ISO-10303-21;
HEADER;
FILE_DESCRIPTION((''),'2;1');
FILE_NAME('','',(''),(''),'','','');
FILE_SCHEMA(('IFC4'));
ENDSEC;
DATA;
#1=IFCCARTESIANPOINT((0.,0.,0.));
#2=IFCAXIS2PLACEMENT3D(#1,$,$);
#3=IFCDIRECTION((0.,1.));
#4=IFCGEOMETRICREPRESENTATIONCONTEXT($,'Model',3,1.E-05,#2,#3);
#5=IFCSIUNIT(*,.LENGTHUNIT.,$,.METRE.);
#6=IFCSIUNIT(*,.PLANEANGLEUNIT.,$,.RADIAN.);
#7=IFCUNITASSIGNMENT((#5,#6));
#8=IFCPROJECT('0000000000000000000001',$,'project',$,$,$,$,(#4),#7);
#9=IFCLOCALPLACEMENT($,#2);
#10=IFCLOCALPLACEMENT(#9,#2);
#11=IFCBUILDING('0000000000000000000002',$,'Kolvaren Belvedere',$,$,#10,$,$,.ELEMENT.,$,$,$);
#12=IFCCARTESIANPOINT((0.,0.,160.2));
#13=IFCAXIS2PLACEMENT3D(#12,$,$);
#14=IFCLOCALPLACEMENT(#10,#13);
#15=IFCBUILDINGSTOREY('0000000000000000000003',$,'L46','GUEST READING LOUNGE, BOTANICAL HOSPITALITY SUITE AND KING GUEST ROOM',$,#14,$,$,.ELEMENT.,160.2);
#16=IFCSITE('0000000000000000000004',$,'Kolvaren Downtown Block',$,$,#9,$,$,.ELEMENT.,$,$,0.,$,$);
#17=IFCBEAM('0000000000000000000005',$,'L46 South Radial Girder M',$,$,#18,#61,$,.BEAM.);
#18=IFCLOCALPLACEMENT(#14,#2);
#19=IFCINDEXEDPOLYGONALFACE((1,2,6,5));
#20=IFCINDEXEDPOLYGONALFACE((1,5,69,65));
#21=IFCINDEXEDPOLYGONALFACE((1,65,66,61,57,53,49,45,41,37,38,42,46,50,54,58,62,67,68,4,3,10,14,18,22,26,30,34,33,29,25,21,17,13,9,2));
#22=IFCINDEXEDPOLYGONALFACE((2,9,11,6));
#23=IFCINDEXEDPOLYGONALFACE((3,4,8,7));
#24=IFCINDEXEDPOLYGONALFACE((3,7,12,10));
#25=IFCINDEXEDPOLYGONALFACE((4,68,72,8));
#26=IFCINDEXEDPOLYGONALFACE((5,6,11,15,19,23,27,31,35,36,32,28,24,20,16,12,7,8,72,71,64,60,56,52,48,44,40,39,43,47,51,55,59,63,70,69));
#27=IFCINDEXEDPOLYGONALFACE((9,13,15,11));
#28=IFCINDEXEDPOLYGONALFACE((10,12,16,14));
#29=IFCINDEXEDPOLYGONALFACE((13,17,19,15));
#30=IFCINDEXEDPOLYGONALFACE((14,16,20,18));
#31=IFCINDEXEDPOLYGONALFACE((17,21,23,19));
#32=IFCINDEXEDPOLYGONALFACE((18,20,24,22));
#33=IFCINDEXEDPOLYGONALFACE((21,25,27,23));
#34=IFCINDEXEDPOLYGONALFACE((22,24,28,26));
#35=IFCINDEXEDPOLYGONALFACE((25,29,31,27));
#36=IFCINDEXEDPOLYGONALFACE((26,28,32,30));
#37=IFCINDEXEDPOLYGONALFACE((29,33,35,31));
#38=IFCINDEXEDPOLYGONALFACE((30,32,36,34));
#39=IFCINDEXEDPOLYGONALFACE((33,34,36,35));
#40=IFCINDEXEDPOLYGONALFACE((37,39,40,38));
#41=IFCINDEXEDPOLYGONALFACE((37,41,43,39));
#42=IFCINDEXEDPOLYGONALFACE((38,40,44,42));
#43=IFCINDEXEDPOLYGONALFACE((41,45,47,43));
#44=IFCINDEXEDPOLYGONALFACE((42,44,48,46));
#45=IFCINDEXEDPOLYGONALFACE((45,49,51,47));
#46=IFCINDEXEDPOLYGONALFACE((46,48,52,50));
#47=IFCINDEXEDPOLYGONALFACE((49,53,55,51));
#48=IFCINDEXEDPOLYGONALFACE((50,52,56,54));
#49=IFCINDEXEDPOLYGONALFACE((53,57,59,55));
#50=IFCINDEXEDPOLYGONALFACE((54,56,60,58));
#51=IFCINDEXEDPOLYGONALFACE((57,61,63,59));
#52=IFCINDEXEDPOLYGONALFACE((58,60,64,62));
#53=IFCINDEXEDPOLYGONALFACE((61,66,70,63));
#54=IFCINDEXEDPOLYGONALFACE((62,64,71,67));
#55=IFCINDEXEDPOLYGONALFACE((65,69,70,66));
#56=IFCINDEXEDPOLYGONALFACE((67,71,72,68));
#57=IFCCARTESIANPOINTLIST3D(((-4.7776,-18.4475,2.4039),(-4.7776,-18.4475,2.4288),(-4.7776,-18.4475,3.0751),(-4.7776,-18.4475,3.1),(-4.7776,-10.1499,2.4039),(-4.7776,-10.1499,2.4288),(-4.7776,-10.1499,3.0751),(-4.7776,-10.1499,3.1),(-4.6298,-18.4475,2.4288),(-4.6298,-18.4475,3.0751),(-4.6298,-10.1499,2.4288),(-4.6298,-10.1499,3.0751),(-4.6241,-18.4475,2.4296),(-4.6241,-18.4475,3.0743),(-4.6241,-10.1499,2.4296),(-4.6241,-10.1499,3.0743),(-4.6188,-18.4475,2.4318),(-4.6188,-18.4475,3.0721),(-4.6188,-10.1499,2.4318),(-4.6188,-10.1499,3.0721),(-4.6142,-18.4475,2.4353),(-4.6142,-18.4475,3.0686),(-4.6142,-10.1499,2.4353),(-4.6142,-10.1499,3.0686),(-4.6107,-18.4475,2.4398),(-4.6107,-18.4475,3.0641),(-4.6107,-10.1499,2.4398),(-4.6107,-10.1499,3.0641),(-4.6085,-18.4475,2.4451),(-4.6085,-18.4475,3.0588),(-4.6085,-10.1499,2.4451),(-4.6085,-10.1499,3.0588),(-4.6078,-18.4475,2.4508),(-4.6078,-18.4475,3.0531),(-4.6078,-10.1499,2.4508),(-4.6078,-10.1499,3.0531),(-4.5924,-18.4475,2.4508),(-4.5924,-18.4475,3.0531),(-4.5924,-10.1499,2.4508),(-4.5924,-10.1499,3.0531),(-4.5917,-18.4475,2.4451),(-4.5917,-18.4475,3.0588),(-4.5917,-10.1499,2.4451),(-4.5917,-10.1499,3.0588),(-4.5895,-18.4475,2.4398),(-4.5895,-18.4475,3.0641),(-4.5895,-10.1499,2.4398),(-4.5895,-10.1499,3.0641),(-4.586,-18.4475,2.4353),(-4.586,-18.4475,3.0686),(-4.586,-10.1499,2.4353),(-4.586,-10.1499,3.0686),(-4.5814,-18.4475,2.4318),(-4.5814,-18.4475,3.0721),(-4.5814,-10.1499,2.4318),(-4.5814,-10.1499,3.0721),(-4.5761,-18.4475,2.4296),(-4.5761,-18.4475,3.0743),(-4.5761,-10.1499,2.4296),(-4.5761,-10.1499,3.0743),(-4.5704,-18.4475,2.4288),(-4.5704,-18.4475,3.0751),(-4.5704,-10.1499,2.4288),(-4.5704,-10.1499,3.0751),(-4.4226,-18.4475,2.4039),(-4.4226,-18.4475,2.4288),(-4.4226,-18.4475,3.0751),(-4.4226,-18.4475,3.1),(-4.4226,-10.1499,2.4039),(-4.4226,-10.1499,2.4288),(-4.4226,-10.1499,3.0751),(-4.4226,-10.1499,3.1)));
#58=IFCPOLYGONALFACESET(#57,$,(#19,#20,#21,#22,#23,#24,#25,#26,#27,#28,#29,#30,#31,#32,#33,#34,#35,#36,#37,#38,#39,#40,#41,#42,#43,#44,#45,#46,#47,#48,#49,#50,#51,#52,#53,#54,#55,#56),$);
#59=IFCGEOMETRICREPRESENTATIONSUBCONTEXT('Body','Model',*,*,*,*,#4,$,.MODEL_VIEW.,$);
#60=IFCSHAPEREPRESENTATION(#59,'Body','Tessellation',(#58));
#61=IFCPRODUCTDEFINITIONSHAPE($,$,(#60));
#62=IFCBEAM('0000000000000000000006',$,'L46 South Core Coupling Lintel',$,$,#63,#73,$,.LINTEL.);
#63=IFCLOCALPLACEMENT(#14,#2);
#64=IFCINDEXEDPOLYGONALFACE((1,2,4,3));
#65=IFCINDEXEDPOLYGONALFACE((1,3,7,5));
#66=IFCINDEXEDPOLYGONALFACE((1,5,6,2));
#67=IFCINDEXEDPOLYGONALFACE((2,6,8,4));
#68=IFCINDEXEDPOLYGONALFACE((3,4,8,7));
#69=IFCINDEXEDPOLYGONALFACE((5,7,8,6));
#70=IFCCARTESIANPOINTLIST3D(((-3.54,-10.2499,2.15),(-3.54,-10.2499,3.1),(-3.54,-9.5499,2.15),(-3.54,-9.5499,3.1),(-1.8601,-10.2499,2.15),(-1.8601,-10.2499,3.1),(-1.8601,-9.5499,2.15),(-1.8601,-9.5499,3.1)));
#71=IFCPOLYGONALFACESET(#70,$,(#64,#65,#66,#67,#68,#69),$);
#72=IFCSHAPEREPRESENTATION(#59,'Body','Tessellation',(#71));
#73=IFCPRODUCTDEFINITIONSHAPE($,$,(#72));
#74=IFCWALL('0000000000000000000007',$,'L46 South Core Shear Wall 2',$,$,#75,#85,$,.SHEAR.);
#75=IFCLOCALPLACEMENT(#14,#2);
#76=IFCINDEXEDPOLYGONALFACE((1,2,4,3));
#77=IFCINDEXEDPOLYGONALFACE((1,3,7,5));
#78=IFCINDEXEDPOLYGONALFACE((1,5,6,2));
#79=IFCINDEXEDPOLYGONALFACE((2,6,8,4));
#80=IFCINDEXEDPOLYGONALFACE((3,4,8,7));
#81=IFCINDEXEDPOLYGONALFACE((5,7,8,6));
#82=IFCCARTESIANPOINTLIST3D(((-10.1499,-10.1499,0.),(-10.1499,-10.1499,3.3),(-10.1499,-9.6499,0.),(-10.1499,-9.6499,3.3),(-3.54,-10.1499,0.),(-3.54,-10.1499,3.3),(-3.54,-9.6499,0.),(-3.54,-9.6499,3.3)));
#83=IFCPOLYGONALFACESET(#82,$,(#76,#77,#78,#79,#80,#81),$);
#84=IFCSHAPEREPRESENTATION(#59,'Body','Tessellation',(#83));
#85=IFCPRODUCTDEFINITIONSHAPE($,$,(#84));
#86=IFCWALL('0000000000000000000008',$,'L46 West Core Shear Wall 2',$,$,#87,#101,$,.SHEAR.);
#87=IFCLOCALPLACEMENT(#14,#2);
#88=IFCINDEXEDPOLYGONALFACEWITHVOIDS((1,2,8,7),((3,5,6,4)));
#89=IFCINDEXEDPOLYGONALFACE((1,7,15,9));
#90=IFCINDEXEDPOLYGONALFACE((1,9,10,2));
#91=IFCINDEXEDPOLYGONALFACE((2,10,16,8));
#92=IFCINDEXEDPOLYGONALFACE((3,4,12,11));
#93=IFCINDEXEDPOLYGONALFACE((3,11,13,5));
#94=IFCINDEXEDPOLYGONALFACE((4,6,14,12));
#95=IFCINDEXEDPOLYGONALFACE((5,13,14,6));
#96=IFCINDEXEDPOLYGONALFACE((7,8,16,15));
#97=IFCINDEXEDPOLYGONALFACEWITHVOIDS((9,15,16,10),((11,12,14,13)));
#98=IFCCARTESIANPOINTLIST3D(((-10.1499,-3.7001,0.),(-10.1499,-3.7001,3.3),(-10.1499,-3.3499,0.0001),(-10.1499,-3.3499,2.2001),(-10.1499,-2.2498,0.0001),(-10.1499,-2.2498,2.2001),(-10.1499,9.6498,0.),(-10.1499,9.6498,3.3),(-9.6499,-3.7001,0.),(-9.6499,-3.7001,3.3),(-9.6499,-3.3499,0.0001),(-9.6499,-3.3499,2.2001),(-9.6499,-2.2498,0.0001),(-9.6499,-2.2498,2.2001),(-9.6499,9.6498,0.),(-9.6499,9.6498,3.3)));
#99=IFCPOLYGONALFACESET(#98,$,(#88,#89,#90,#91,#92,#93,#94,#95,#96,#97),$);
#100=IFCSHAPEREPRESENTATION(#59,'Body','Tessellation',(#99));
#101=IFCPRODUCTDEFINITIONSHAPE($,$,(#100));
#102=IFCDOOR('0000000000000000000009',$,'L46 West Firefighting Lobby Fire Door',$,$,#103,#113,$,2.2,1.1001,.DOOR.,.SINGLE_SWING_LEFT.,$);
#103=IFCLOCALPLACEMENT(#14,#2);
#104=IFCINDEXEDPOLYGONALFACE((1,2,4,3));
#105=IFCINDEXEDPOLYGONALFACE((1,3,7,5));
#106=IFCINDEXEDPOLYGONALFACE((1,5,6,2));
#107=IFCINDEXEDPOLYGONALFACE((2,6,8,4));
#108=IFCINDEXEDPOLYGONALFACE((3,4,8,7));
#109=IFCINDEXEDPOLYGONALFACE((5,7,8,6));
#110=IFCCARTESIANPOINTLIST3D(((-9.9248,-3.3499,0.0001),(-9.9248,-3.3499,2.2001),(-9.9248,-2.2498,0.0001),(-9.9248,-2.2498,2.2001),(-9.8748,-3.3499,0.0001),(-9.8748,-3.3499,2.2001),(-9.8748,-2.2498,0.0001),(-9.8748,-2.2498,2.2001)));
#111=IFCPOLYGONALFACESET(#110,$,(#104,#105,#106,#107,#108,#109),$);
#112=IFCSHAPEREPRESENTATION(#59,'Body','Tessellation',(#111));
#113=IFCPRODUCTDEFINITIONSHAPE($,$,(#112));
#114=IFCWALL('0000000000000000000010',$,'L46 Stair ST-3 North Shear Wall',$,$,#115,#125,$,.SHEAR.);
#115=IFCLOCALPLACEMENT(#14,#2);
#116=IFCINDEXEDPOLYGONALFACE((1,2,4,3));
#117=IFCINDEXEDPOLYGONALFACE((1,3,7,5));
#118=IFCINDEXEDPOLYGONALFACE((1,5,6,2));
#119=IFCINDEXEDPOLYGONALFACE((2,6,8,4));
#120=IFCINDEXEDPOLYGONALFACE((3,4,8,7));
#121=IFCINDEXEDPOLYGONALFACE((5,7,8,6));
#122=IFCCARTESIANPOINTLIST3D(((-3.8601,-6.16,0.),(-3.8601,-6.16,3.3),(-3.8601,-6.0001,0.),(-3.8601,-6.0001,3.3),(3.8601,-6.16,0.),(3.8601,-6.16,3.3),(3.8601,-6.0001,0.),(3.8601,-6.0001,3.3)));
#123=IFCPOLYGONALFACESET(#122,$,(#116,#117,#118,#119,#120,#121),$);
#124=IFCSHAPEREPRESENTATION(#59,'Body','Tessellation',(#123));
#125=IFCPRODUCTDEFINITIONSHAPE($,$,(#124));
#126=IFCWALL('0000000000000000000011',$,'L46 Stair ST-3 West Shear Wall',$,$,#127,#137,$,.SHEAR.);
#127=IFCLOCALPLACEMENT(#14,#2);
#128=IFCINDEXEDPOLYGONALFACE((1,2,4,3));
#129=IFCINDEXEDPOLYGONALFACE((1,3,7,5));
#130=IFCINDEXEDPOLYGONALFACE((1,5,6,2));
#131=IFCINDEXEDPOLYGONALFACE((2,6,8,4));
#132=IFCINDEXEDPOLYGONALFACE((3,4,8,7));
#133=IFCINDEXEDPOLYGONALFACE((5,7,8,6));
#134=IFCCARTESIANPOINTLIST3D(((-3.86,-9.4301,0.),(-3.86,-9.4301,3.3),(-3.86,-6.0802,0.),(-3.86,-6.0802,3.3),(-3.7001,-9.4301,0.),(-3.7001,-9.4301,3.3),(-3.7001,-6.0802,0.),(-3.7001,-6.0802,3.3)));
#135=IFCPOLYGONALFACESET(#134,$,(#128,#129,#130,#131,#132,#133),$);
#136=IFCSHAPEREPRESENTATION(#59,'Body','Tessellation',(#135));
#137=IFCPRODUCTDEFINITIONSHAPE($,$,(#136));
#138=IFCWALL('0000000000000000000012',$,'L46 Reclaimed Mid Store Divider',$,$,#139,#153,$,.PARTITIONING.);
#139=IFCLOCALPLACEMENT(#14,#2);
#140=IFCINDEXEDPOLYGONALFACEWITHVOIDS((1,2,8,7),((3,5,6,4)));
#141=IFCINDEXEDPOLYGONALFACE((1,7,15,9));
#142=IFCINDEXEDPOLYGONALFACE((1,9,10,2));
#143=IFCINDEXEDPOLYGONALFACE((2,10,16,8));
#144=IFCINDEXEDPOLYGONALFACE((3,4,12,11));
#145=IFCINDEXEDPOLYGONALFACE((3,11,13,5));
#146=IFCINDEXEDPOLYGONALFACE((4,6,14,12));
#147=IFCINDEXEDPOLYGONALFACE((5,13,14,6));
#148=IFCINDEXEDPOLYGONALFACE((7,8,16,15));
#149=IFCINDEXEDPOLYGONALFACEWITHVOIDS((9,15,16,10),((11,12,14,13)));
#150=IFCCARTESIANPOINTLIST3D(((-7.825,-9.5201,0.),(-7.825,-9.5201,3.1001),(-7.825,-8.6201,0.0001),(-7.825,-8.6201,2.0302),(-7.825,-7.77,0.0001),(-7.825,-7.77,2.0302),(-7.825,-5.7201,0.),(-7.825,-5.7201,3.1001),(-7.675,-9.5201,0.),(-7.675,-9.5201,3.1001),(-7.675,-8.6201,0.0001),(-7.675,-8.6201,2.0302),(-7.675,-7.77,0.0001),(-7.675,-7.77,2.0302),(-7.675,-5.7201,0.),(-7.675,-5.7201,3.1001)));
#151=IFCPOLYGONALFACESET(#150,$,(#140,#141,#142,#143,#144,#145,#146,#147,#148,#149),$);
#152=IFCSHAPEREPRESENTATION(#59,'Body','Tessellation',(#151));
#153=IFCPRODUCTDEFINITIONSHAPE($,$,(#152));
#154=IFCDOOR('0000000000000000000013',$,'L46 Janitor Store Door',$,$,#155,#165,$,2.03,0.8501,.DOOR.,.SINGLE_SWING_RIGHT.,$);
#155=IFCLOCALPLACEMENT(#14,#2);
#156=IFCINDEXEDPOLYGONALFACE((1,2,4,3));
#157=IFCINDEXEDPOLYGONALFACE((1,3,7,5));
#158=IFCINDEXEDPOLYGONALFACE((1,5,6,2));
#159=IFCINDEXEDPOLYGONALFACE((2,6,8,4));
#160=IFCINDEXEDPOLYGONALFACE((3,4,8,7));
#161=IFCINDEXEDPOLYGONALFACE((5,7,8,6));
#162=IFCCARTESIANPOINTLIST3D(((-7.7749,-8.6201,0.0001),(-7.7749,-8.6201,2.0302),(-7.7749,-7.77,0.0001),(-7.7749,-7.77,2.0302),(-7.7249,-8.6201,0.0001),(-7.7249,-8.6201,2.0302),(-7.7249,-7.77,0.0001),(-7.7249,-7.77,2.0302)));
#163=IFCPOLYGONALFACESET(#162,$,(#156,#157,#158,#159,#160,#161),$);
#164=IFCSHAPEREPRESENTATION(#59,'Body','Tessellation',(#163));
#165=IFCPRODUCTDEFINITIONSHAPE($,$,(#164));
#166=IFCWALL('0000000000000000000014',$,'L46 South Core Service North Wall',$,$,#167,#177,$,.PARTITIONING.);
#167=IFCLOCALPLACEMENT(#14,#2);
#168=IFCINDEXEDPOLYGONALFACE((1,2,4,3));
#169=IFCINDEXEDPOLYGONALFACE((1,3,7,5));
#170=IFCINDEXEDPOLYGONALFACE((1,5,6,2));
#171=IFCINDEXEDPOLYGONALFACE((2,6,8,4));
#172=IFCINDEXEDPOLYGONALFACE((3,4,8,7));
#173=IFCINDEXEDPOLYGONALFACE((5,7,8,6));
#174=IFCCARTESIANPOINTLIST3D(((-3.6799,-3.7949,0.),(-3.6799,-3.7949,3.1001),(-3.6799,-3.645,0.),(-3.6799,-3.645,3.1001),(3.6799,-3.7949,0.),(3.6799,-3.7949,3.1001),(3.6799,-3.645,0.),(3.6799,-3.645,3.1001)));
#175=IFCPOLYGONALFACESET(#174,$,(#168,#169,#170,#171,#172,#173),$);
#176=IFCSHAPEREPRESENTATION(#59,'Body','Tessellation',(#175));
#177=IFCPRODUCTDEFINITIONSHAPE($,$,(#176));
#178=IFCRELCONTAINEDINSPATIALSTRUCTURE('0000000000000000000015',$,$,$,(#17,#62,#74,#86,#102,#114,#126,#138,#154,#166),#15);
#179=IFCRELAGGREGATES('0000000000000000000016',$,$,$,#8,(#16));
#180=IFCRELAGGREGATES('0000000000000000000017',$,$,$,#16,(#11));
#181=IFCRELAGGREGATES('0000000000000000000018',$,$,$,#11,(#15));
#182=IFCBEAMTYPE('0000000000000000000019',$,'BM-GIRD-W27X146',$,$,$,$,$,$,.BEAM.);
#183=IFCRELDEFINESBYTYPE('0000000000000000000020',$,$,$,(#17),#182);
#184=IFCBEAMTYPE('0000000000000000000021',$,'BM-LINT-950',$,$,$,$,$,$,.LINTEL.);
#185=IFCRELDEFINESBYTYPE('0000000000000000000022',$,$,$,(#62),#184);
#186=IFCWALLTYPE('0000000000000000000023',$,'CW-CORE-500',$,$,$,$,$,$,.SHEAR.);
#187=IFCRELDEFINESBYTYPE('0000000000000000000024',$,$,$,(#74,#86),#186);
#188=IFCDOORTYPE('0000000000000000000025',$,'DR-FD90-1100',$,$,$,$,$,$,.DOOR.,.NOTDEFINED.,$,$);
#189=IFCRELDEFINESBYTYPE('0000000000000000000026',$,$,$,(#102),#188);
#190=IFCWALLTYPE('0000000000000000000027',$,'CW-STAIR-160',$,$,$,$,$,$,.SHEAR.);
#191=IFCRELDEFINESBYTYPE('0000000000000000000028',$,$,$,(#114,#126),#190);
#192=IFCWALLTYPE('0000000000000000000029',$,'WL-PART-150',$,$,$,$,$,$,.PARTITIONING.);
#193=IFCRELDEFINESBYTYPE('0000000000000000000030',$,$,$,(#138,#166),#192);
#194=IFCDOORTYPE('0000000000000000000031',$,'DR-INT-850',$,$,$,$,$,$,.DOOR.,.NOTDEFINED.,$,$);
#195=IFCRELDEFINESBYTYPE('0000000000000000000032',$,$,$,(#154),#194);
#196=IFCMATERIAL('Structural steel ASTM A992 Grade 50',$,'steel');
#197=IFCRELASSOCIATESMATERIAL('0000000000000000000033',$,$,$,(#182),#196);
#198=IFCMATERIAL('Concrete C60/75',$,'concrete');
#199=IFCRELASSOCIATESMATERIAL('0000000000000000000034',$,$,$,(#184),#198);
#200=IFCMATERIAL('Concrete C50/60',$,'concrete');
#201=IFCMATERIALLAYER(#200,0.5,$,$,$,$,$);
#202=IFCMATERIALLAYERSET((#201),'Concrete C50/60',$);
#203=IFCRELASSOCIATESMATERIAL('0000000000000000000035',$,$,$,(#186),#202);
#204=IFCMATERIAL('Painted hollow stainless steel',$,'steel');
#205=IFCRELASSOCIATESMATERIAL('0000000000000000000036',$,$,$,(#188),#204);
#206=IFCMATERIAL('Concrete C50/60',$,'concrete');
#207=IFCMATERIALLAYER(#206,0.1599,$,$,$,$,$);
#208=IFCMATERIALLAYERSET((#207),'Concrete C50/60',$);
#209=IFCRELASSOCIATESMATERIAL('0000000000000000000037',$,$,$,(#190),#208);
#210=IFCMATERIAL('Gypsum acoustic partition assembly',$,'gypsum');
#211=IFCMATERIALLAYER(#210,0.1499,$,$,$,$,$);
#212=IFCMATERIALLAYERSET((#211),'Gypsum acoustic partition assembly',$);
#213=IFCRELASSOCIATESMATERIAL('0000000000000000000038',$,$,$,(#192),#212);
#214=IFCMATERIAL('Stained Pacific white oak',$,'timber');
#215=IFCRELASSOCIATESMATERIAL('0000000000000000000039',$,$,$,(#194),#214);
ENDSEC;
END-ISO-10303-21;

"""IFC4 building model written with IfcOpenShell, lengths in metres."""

from ifc_helpers import new_model, si_unit, direction, frame, frame_2d, origin, origin_2d, place, context, subcontext, project, spatial, rectangle, i_section, extrude, material, layer, layer_set, material_profile, profile_set, type_object, element, fill, save


model = new_model("IFC4")

# Units and contexts
model_context = context("Model", 3, precision=1e-05, world=origin(), true_north=direction((0.0, 1.0)))
body_context = subcontext(model_context, "Body", "Model", "MODEL_VIEW")
ifc_project = project(units=[si_unit("LENGTHUNIT", "METRE"), si_unit("PLANEANGLEUNIT", "RADIAN")], contexts=[model_context])

# Site, building, storey
site_placement = place(None, origin())
site = spatial("IfcSite", under=ifc_project, at=site_placement, Name="Kolvaren Downtown Block", CompositionType="ELEMENT", RefElevation=0.0)
building_placement = place(site_placement, origin())
building = spatial("IfcBuilding", under=site, at=building_placement, Name="Kolvaren Belvedere", CompositionType="ELEMENT")
storey_placement = place(building_placement, frame((0.0, 0.0, 160.2)))
storey = spatial("IfcBuildingStorey", under=building, at=storey_placement, Name="L46", Description="GUEST READING LOUNGE, BOTANICAL HOSPITALITY SUITE AND KING GUEST ROOM", CompositionType="ELEMENT", Elevation=160.2)

# Beams
ifc_material_1 = material(Name="Structural steel ASTM A992 Grade 50", Category="steel")
ifc_material_profile_1 = material_profile(ifc_material_1, i_section(OverallWidth=0.355, OverallDepth=0.696, WebThickness=0.0154, FlangeThickness=0.0249, FilletRadius=0.022, at=origin_2d()), Name="W27X146")
ifc_profile_set_1 = profile_set([ifc_material_profile_1], Name="Structural steel ASTM A992 Grade 50")
beam_type_1 = type_object("IfcBeamType", Name="BM-GIRD-W27X146", PredefinedType="BEAM", material=ifc_profile_set_1)
beam_1_placement = place(storey_placement, frame((-4.6001, -10.1499, 2.752), z_axis=(0.0, -1.0, 0.0), x_axis=(1.0, 0.0, 0.0)))
element("IfcBeam", 1, at=beam_1_placement, inside=storey, type_object=beam_type_1, Name="L46 South Radial Girder M", PredefinedType="BEAM", context=body_context, shape_type="SweptSolid", body=[
    extrude(i_section(OverallWidth=0.355, OverallDepth=0.696, WebThickness=0.0154, FlangeThickness=0.0249, FilletRadius=0.022, at=origin_2d()), origin(), (0.0, 0.0, 1.0), 8.2976),
])
ifc_material_2 = material(Name="Concrete C60/75", Category="concrete")
ifc_material_profile_2 = material_profile(ifc_material_2, rectangle(XDim=0.7, YDim=0.95, at=origin_2d()), Name="RC 700X950")
ifc_profile_set_2 = profile_set([ifc_material_profile_2], Name="Concrete C60/75")
beam_type_2 = type_object("IfcBeamType", Name="BM-LINT-950", PredefinedType="LINTEL", material=ifc_profile_set_2)
beam_2_placement = place(storey_placement, frame((-3.54, -9.8999, 2.625), z_axis=(1.0, 0.0, 0.0), x_axis=(0.0, 1.0, 0.0)))
element("IfcBeam", 2, at=beam_2_placement, inside=storey, type_object=beam_type_2, Name="L46 South Core Coupling Lintel", PredefinedType="LINTEL", context=body_context, shape_type="SweptSolid", body=[
    extrude(rectangle(XDim=0.7, YDim=0.95, at=origin_2d()), origin(), (0.0, 0.0, 1.0), 1.6799),
])

# Wall
ifc_material_3 = material(Name="Concrete C50/60", Category="concrete")
ifc_layer_1 = layer(ifc_material_3, 0.5)
ifc_layer_set_1 = layer_set([ifc_layer_1], Name="Concrete C50/60")
wall_type_1 = type_object("IfcWallType", Name="CW-CORE-500", PredefinedType="SHEAR", material=ifc_layer_set_1)
wall_1_placement = place(storey_placement, frame((-3.54, -9.8999, 0.0), z_axis=(0.0, 0.0, 1.0), x_axis=(-1.0, 0.0, 0.0)))
element("IfcWall", 3, at=wall_1_placement, inside=storey, type_object=wall_type_1, Name="L46 South Core Shear Wall 2", PredefinedType="SHEAR", context=body_context, shape_type="SweptSolid", body=[
    extrude(rectangle(XDim=6.6099, YDim=0.5, at=frame_2d((3.3049, 0.0))), origin(), (0.0, 0.0, 1.0), 3.3),
])

# Wall, opening, door
wall_2_placement = place(storey_placement, frame((-9.8999, -3.7, 0.0), z_axis=(0.0, 0.0, 1.0), x_axis=(0.0, 1.0, 0.0)))
wall_2 = element("IfcWall", 4, at=wall_2_placement, inside=storey, type_object=wall_type_1, Name="L46 West Core Shear Wall 2", PredefinedType="SHEAR", context=body_context, shape_type="SweptSolid", body=[
    extrude(rectangle(XDim=13.3499, YDim=0.5, at=frame_2d((6.6748, 0.0))), origin(), (0.0, 0.0, 1.0), 3.3),
])
opening_1_placement = place(wall_2_placement, frame((0.3501, 0.0, 0.0)))
opening_1 = element("IfcOpeningElement", 5, at=opening_1_placement, cuts=wall_2, PredefinedType="OPENING", context=body_context, shape_type="SweptSolid", body=[
    extrude(rectangle(XDim=1.1001, YDim=2.2, at=frame_2d((0.55, 1.1001))), frame((0.0, 0.26, 0.0), z_axis=(0.0, -1.0, 0.0), x_axis=(1.0, 0.0, 0.0)), (0.0, 0.0, 1.0), 0.52),
])
ifc_material_4 = material(Name="Painted hollow stainless steel", Category="steel")
door_type_1 = type_object("IfcDoorType", Name="DR-FD90-1100", OperationType="NOTDEFINED", PredefinedType="DOOR", material=ifc_material_4)
door_1_placement = place(opening_1_placement, origin())
door_1 = element("IfcDoor", 6, at=door_1_placement, inside=storey, type_object=door_type_1, Name="L46 West Firefighting Lobby Fire Door", OperationType="SINGLE_SWING_LEFT", OverallHeight=2.2, OverallWidth=1.1001, PredefinedType="DOOR", context=body_context, shape_type="SweptSolid", body=[
    extrude(rectangle(XDim=1.1001, YDim=2.2, at=frame_2d((0.55, 1.1001))), frame((0.0, 0.0249, 0.0), z_axis=(0.0, -1.0, 0.0), x_axis=(1.0, 0.0, 0.0)), (0.0, 0.0, 1.0), 0.05),
])
fill(opening_1, door_1)

# Walls
ifc_material_5 = material(Name="Concrete C50/60", Category="concrete")
ifc_layer_2 = layer(ifc_material_5, 0.1599)
ifc_layer_set_2 = layer_set([ifc_layer_2], Name="Concrete C50/60")
wall_type_2 = type_object("IfcWallType", Name="CW-STAIR-160", PredefinedType="SHEAR", material=ifc_layer_set_2)
wall_3_placement = place(storey_placement, frame((-3.8601, -6.0801, 0.0), z_axis=(0.0, 0.0, 1.0), x_axis=(1.0, 0.0, 0.0)))
element("IfcWall", 7, at=wall_3_placement, inside=storey, type_object=wall_type_2, Name="L46 Stair ST-3 North Shear Wall", PredefinedType="SHEAR", context=body_context, shape_type="SweptSolid", body=[
    extrude(rectangle(XDim=7.7202, YDim=0.1599, at=frame_2d((3.8601, 0.0))), origin(), (0.0, 0.0, 1.0), 3.3),
])
wall_4_placement = place(storey_placement, frame((-3.78, -9.4299, 0.0), z_axis=(0.0, 0.0, 1.0), x_axis=(0.0, 1.0, 0.0)))
element("IfcWall", 8, at=wall_4_placement, inside=storey, type_object=wall_type_2, Name="L46 Stair ST-3 West Shear Wall", PredefinedType="SHEAR", context=body_context, shape_type="SweptSolid", body=[
    extrude(rectangle(XDim=3.3499, YDim=0.1599, at=frame_2d((1.6748, 0.0))), origin(), (0.0, 0.0, 1.0), 3.3),
])

# Wall, opening, door
ifc_material_6 = material(Name="Gypsum acoustic partition assembly", Category="gypsum")
ifc_layer_3 = layer(ifc_material_6, 0.1499)
ifc_layer_set_3 = layer_set([ifc_layer_3], Name="Gypsum acoustic partition assembly")
wall_type_3 = type_object("IfcWallType", Name="WL-PART-150", PredefinedType="PARTITIONING", material=ifc_layer_set_3)
wall_5_placement = place(storey_placement, frame((-7.75, -9.52, 0.0), z_axis=(0.0, 0.0, 1.0), x_axis=(0.0, 1.0, 0.0)))
wall_5 = element("IfcWall", 9, at=wall_5_placement, inside=storey, type_object=wall_type_3, Name="L46 Reclaimed Mid Store Divider", PredefinedType="PARTITIONING", context=body_context, shape_type="SweptSolid", body=[
    extrude(rectangle(XDim=3.8, YDim=0.1499, at=frame_2d((1.8999, 0.0))), origin(), (0.0, 0.0, 1.0), 3.1001),
])
opening_2_placement = place(wall_5_placement, frame((0.8999, 0.0, 0.0)))
opening_2 = element("IfcOpeningElement", 10, at=opening_2_placement, cuts=wall_5, PredefinedType="OPENING", context=body_context, shape_type="SweptSolid", body=[
    extrude(rectangle(XDim=0.8501, YDim=2.03, at=frame_2d((0.425, 1.0151))), frame((0.0, 0.085, 0.0), z_axis=(0.0, -1.0, 0.0), x_axis=(1.0, 0.0, 0.0)), (0.0, 0.0, 1.0), 0.1699),
])
ifc_material_7 = material(Name="Stained Pacific white oak", Category="timber")
door_type_2 = type_object("IfcDoorType", Name="DR-INT-850", OperationType="NOTDEFINED", PredefinedType="DOOR", material=ifc_material_7)
door_2_placement = place(opening_2_placement, origin())
door_2 = element("IfcDoor", 11, at=door_2_placement, inside=storey, type_object=door_type_2, Name="L46 Janitor Store Door", OperationType="SINGLE_SWING_RIGHT", OverallHeight=2.03, OverallWidth=0.8501, PredefinedType="DOOR", context=body_context, shape_type="SweptSolid", body=[
    extrude(rectangle(XDim=0.8501, YDim=2.03, at=frame_2d((0.425, 1.0151))), frame((0.0, 0.0249, 0.0), z_axis=(0.0, -1.0, 0.0), x_axis=(1.0, 0.0, 0.0)), (0.0, 0.0, 1.0), 0.05),
])
fill(opening_2, door_2)

# Wall
wall_6_placement = place(storey_placement, frame((-3.6799, -3.72, 0.0), z_axis=(0.0, 0.0, 1.0), x_axis=(1.0, 0.0, 0.0)))
element("IfcWall", 12, at=wall_6_placement, inside=storey, type_object=wall_type_3, Name="L46 South Core Service North Wall", PredefinedType="PARTITIONING", context=body_context, shape_type="SweptSolid", body=[
    extrude(rectangle(XDim=7.3599, YDim=0.1499, at=frame_2d((3.6799, 0.0))), origin(), (0.0, 0.0, 1.0), 3.1001),
])

save(model, "model.ifc")
